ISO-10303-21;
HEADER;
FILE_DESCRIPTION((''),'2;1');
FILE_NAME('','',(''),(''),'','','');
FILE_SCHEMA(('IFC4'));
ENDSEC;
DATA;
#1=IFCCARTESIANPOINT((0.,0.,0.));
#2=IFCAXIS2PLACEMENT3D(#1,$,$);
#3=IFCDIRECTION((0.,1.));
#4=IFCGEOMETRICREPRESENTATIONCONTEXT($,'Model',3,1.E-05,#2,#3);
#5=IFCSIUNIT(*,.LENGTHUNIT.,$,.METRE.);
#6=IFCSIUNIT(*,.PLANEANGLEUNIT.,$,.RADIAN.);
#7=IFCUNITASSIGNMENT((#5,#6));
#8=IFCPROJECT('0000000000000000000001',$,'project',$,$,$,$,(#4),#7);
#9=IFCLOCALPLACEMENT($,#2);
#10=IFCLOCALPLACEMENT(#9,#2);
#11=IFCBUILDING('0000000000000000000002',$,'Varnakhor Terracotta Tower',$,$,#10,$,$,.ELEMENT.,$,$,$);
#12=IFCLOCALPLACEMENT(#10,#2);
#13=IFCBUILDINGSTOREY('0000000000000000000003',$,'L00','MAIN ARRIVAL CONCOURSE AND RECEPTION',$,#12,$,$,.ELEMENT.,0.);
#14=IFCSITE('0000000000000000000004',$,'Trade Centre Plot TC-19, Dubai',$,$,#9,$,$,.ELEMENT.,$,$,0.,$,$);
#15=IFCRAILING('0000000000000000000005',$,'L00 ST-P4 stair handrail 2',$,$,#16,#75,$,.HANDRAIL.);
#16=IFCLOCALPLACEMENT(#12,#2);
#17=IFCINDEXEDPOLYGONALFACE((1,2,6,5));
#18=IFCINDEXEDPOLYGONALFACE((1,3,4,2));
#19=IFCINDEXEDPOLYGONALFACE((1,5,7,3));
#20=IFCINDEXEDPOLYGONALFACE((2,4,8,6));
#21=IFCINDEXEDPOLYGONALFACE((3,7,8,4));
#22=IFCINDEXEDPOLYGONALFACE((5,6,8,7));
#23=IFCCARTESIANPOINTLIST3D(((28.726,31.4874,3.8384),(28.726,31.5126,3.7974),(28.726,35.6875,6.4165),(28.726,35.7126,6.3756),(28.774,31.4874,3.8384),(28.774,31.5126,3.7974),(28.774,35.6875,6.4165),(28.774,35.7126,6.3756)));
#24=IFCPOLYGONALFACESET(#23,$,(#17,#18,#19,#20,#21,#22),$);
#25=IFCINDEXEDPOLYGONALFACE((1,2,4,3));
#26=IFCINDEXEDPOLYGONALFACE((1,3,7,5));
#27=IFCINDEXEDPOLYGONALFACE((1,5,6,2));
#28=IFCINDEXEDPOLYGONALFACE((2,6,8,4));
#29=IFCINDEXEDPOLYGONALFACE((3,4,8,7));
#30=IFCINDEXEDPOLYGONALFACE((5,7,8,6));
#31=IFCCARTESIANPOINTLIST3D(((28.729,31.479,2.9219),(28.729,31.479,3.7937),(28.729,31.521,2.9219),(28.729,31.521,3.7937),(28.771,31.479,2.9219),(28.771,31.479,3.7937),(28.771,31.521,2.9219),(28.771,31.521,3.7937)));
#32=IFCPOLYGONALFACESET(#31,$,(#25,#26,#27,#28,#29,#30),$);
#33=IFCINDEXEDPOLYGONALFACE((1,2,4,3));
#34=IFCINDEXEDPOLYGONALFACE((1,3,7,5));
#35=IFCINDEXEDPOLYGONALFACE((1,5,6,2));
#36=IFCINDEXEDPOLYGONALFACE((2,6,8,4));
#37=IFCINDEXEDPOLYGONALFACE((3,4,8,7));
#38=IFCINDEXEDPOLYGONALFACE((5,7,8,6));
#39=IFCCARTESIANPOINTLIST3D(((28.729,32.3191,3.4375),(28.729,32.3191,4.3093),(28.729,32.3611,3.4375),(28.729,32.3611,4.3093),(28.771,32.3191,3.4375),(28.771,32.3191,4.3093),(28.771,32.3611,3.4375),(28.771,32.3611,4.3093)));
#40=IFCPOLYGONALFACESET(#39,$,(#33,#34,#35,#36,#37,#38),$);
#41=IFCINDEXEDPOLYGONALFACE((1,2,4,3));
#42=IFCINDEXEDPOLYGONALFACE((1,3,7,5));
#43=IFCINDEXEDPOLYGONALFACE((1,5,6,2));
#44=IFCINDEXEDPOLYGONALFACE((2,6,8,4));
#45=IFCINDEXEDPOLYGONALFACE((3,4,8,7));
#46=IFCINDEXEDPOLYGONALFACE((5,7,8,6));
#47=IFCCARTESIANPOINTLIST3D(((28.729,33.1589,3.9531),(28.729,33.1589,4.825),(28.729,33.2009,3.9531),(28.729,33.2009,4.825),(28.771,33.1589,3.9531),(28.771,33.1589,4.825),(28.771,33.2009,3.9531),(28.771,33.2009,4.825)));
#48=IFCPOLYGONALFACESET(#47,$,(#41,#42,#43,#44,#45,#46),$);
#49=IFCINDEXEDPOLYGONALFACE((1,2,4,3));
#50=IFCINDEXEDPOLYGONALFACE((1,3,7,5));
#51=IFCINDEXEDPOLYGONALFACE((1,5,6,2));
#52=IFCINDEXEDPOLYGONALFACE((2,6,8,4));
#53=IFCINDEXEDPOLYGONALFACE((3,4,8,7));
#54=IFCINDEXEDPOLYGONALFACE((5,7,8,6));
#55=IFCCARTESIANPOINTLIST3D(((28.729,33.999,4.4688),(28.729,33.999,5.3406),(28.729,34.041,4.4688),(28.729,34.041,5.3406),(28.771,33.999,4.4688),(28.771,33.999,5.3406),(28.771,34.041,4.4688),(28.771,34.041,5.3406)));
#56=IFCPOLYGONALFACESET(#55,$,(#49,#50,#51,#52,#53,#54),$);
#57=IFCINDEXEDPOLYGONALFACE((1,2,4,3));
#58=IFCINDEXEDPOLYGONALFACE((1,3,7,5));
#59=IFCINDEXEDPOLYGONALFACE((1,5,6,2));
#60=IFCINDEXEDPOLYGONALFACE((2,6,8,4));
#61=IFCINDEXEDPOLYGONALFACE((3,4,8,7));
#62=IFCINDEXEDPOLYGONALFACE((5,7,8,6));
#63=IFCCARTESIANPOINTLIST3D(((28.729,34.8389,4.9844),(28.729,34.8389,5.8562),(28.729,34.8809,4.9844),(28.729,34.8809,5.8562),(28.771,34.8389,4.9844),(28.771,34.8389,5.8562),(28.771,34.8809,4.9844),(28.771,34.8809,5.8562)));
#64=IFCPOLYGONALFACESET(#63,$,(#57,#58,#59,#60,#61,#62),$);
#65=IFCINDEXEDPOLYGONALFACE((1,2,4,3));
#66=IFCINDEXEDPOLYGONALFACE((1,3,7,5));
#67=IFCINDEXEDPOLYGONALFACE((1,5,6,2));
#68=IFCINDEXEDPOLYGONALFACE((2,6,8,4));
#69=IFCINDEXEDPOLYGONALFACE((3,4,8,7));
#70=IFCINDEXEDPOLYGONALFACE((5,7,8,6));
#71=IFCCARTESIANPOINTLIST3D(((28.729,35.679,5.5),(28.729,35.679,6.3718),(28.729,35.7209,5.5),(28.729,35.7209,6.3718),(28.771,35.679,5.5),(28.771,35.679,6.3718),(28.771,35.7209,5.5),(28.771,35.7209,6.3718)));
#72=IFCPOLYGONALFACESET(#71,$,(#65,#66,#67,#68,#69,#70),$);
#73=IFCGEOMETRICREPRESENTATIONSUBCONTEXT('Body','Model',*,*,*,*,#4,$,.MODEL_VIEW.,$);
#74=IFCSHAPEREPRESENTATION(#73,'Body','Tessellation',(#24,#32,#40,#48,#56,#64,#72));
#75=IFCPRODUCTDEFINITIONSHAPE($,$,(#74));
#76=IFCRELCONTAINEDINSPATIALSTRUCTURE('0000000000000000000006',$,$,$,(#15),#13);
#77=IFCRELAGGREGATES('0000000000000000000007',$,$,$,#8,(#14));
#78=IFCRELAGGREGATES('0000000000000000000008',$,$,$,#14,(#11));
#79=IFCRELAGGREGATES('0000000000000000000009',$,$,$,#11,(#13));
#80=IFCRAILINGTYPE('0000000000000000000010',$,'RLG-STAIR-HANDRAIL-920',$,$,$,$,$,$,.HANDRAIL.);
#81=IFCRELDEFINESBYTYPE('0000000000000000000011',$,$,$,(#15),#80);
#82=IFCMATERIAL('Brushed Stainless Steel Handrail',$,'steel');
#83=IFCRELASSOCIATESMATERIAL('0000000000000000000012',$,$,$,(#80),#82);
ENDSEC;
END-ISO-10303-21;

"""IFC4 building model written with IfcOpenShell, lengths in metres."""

from ifc_helpers import new_model, si_unit, direction, frame, origin, origin_2d, place, context, subcontext, project, spatial, rectangle, extrude, material, type_object, element, save


model = new_model("IFC4")

# Units and contexts
model_context = context("Model", 3, precision=1e-05, world=origin(), true_north=direction((0.0, 1.0)))
body_context = subcontext(model_context, "Body", "Model", "MODEL_VIEW")
ifc_project = project(units=[si_unit("LENGTHUNIT", "METRE"), si_unit("PLANEANGLEUNIT", "RADIAN")], contexts=[model_context])

# Site, building, storey
site_placement = place(None, origin())
site = spatial("IfcSite", under=ifc_project, at=site_placement, Name="Trade Centre Plot TC-19, Dubai", CompositionType="ELEMENT", RefElevation=0.0)
building_placement = place(site_placement, origin())
building = spatial("IfcBuilding", under=site, at=building_placement, Name="Varnakhor Terracotta Tower", CompositionType="ELEMENT")
storey_placement = place(building_placement, origin())
storey = spatial("IfcBuildingStorey", under=building, at=storey_placement, Name="L00", Description="MAIN ARRIVAL CONCOURSE AND RECEPTION", CompositionType="ELEMENT", Elevation=0.0)

# Railing
ifc_material_1 = material(Name="Brushed Stainless Steel Handrail", Category="steel")
railing_type_1 = type_object("IfcRailingType", Name="RLG-STAIR-HANDRAIL-920", PredefinedType="HANDRAIL", material=ifc_material_1)
railing_1_placement = place(storey_placement, frame((28.75, 31.5, 2.9219)))
element("IfcRailing", 1, at=railing_1_placement, inside=storey, type_object=railing_type_1, Name="L00 ST-P4 stair handrail 2", PredefinedType="HANDRAIL", context=body_context, shape_type="SweptSolid", body=[
    extrude(rectangle(XDim=0.0481, YDim=0.0481, at=origin_2d()), frame((0.0, 0.0, 0.896), z_axis=(0.0, 0.852243, 0.523146), x_axis=(-1.0, 0.0, 0.0)), (0.0, 0.0, 1.0), 4.9282),
    extrude(rectangle(XDim=0.042, YDim=0.042, at=origin_2d()), origin(), (0.0, 0.0, 1.0), 0.8718),
    extrude(rectangle(XDim=0.042, YDim=0.042, at=origin_2d()), frame((0.0, 0.8401, 0.5156)), (0.0, 0.0, 1.0), 0.8718),
    extrude(rectangle(XDim=0.042, YDim=0.042, at=origin_2d()), frame((0.0, 1.6799, 1.0312)), (0.0, 0.0, 1.0), 0.8718),
    extrude(rectangle(XDim=0.042, YDim=0.042, at=origin_2d()), frame((0.0, 2.52, 1.5469)), (0.0, 0.0, 1.0), 0.8718),
    extrude(rectangle(XDim=0.042, YDim=0.042, at=origin_2d()), frame((0.0, 3.3599, 2.0625)), (0.0, 0.0, 1.0), 0.8718),
    extrude(rectangle(XDim=0.042, YDim=0.042, at=origin_2d()), frame((0.0, 4.2, 2.5781)), (0.0, 0.0, 1.0), 0.8718),
])

save(model, "model.ifc")
